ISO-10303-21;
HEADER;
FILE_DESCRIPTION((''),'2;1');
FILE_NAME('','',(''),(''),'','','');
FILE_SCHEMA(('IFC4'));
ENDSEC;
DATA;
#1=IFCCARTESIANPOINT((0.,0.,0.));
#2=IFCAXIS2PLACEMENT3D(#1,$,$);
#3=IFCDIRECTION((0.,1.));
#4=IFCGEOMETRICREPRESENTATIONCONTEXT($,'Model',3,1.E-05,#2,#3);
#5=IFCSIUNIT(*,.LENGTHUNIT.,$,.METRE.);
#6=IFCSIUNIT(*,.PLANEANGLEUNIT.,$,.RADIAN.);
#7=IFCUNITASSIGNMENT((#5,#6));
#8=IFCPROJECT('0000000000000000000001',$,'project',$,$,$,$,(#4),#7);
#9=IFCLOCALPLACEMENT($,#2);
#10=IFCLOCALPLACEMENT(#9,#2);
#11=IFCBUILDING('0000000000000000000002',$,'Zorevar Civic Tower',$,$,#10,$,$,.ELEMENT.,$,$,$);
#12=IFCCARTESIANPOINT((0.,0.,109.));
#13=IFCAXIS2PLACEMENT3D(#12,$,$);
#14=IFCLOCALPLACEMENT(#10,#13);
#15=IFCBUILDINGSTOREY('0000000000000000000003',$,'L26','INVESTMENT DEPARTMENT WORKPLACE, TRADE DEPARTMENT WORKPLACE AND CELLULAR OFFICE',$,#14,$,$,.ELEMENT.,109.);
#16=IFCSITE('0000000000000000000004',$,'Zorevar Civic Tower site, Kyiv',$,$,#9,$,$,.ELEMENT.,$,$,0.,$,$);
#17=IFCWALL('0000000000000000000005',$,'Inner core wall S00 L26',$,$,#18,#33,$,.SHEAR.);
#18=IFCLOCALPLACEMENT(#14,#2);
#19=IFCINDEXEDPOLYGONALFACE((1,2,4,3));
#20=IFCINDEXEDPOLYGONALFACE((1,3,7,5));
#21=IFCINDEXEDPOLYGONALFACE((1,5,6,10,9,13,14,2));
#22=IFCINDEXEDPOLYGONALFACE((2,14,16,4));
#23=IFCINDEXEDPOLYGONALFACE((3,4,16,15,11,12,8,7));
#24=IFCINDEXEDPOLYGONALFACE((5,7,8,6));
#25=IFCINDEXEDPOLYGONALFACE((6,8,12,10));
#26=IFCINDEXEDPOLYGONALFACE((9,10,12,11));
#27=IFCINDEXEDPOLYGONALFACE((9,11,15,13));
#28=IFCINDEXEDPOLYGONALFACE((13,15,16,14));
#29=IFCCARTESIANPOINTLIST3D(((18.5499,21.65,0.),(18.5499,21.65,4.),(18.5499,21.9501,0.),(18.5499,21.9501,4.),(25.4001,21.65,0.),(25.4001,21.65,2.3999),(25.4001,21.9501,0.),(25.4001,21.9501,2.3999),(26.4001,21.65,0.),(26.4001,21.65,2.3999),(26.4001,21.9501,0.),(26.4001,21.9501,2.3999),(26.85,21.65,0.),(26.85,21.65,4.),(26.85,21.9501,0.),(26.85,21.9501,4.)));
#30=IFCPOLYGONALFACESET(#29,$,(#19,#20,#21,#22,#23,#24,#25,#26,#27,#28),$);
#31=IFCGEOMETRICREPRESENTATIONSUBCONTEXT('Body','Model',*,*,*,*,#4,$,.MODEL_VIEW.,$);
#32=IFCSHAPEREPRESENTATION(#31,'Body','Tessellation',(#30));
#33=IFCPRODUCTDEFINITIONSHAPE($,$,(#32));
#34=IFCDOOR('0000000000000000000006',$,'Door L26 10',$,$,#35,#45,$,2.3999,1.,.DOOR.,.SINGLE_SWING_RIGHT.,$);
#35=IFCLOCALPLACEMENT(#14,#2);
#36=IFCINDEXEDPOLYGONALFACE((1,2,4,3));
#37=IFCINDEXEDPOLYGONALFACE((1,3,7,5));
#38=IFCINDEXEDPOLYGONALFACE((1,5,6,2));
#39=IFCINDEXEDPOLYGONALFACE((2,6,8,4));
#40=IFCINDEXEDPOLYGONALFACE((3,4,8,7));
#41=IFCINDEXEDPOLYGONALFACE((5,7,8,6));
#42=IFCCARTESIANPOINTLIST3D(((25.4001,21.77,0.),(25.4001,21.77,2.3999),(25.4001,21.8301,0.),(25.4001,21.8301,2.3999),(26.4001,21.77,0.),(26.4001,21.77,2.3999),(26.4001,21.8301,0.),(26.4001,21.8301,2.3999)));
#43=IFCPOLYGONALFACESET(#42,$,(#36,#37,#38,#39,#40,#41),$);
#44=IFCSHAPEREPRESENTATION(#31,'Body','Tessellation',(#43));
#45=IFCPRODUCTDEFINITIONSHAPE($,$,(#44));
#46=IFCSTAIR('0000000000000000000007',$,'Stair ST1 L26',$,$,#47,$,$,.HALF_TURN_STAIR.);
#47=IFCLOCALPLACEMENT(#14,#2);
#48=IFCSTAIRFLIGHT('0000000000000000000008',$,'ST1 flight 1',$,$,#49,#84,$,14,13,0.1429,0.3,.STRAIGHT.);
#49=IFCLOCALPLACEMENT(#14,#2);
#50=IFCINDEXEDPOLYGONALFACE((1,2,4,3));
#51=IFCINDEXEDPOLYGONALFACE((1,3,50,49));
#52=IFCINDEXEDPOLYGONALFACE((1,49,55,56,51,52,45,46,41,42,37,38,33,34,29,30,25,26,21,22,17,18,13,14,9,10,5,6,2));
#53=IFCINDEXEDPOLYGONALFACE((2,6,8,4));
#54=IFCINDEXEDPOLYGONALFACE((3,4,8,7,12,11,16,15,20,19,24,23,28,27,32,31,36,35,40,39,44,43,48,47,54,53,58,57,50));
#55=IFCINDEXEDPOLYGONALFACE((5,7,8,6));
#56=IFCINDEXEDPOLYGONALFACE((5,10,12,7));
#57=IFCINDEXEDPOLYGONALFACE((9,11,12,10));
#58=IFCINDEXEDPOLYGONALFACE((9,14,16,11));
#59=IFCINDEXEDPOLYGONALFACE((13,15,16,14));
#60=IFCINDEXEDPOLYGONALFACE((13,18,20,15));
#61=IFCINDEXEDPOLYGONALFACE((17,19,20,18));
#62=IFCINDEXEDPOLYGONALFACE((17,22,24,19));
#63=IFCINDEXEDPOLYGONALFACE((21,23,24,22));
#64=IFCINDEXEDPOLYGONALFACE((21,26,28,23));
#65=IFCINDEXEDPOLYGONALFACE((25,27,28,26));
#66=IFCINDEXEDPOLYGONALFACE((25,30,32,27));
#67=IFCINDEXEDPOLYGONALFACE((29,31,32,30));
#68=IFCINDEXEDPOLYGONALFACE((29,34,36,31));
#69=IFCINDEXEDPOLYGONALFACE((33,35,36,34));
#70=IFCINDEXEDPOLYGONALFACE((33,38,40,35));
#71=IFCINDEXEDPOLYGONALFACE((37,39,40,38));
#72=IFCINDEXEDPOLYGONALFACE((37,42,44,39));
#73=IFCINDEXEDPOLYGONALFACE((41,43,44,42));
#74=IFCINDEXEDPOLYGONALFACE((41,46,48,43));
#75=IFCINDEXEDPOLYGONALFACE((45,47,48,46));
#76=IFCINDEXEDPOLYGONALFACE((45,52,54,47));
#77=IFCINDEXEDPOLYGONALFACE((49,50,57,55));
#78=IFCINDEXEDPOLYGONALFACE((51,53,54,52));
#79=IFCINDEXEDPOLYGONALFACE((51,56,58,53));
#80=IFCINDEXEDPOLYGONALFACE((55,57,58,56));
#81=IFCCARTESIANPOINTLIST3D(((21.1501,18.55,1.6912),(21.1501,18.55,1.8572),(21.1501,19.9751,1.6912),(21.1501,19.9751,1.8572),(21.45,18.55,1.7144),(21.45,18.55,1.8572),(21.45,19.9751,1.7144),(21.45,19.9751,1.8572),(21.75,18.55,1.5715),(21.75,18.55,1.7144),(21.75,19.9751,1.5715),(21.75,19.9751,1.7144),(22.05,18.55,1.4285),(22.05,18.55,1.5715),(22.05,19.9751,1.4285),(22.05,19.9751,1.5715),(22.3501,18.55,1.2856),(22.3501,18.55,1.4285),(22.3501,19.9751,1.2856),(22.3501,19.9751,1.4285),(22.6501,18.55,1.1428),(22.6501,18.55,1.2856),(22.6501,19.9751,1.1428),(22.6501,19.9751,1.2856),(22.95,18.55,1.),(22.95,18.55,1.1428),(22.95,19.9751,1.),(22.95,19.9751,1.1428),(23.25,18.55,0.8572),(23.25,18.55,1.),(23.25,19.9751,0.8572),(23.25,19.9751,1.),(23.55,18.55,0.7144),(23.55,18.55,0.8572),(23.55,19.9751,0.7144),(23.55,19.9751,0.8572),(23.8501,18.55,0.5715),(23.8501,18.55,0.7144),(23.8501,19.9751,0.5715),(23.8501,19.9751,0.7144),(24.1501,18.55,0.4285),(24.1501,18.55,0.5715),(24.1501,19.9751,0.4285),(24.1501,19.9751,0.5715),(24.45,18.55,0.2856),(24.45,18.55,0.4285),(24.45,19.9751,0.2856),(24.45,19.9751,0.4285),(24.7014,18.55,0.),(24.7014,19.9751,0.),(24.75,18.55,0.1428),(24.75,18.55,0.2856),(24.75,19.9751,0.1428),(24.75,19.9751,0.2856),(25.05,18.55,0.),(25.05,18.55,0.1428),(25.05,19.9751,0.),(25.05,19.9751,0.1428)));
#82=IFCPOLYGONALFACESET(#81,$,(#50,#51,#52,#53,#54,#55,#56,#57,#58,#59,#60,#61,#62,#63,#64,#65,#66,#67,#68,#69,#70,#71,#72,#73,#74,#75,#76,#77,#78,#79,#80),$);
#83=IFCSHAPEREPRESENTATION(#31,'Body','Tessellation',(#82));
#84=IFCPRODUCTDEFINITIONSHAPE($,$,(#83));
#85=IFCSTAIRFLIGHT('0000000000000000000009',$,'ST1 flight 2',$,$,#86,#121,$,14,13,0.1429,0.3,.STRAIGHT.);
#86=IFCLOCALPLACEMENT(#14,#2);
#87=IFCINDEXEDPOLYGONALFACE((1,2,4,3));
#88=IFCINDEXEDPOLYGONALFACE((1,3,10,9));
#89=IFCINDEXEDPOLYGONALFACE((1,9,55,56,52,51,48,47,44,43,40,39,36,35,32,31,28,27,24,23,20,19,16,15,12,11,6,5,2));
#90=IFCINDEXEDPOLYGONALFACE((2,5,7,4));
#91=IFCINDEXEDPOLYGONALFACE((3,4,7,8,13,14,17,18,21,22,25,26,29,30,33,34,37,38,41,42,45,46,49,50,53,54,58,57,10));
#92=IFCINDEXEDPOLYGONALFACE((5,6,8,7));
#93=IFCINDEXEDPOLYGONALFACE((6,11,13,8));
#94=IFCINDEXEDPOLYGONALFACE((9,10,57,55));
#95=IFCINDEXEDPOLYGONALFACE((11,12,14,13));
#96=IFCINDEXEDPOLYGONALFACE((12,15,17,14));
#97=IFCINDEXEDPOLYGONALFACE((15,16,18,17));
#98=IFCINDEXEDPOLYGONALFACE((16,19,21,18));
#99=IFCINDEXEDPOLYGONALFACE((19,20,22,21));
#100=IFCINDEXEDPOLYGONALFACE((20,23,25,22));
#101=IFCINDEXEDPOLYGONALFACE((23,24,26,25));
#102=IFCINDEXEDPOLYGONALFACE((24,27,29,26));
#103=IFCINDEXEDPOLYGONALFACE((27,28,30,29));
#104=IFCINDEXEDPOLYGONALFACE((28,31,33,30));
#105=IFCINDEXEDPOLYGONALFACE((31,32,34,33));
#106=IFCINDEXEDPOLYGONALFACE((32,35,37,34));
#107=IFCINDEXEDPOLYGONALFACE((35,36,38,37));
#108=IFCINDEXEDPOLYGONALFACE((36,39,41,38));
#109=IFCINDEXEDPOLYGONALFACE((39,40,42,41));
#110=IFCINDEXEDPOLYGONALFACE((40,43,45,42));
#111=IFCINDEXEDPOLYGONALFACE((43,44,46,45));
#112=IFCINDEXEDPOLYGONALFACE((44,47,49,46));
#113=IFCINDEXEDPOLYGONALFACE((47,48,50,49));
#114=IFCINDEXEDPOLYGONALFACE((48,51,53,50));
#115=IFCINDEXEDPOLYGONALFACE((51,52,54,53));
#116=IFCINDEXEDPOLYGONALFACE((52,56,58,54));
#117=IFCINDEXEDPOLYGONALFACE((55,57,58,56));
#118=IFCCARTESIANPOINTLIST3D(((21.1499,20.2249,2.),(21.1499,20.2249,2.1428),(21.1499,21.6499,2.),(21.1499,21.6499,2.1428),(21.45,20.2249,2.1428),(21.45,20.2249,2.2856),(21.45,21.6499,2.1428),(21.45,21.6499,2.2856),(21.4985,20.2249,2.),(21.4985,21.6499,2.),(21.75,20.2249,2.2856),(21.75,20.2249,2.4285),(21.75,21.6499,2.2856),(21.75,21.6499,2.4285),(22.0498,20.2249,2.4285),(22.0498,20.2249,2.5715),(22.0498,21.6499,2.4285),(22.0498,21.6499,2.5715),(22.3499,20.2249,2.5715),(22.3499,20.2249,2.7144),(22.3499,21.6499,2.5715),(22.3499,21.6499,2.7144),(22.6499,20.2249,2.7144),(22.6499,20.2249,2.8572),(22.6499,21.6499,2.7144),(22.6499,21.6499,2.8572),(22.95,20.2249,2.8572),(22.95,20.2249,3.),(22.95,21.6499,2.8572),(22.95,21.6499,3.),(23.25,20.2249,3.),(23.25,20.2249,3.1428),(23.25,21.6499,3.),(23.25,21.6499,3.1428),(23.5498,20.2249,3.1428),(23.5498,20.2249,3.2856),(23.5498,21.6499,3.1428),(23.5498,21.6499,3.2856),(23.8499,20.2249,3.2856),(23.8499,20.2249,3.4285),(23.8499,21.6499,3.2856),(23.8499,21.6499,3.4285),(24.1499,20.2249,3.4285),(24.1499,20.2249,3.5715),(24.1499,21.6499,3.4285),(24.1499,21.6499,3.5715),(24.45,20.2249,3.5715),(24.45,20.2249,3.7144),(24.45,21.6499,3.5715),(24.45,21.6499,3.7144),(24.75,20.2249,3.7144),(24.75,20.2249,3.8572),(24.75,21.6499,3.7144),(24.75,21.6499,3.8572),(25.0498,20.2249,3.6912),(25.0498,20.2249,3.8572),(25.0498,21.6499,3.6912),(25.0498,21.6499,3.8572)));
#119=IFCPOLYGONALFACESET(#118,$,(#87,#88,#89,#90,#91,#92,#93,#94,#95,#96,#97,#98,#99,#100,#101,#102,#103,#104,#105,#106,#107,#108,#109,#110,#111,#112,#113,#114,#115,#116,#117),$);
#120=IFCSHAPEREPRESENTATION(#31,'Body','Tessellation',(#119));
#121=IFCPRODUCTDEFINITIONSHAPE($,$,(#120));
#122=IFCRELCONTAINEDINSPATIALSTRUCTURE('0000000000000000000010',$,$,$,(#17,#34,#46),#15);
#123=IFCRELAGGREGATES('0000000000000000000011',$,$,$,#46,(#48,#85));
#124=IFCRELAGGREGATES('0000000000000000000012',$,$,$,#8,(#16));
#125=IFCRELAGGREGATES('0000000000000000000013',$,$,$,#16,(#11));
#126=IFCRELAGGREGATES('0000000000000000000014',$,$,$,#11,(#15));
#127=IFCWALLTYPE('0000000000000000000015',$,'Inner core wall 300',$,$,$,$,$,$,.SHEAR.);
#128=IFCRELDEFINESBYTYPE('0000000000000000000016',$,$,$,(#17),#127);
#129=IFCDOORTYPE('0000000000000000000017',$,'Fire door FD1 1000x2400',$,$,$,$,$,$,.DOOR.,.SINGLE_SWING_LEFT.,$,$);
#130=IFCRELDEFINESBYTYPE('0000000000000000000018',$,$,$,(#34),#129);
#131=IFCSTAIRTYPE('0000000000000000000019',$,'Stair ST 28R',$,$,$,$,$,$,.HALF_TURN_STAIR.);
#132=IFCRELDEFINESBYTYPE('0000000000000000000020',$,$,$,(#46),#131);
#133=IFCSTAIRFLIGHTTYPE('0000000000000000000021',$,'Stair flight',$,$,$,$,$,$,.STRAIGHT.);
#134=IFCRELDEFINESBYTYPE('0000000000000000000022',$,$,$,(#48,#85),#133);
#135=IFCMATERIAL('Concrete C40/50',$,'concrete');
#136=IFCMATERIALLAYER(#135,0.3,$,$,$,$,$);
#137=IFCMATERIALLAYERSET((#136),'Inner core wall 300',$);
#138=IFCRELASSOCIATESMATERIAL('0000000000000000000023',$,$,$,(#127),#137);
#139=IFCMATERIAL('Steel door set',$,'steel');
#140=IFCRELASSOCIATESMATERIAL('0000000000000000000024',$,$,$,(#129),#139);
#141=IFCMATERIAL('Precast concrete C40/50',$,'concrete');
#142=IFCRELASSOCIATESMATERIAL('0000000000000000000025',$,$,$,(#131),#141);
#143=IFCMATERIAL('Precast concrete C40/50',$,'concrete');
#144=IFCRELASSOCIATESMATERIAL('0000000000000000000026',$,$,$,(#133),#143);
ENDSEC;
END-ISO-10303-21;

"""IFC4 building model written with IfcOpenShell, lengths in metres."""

from ifc_helpers import new_model, si_unit, direction, frame, frame_2d, origin, place, context, subcontext, project, spatial, polyline, rectangle, outline, extrude, material, layer, layer_set, type_object, element, fill, aggregate, save


model = new_model("IFC4")

# Units and contexts
model_context = context("Model", 3, precision=1e-05, world=origin(), true_north=direction((0.0, 1.0)))
body_context = subcontext(model_context, "Body", "Model", "MODEL_VIEW")
ifc_project = project(units=[si_unit("LENGTHUNIT", "METRE"), si_unit("PLANEANGLEUNIT", "RADIAN")], contexts=[model_context])

# Site, building, storey
site_placement = place(None, origin())
site = spatial("IfcSite", under=ifc_project, at=site_placement, Name="Zorevar Civic Tower site, Kyiv", CompositionType="ELEMENT", RefElevation=0.0)
building_placement = place(site_placement, origin())
building = spatial("IfcBuilding", under=site, at=building_placement, Name="Zorevar Civic Tower", CompositionType="ELEMENT")
storey_placement = place(building_placement, frame((0.0, 0.0, 109.0)))
storey = spatial("IfcBuildingStorey", under=building, at=storey_placement, Name="L26", Description="INVESTMENT DEPARTMENT WORKPLACE, TRADE DEPARTMENT WORKPLACE AND CELLULAR OFFICE", CompositionType="ELEMENT", Elevation=109.0)

# Wall, opening, door
ifc_material_1 = material(Name="Concrete C40/50", Category="concrete")
ifc_layer_1 = layer(ifc_material_1, 0.3)
ifc_layer_set_1 = layer_set([ifc_layer_1], Name="Inner core wall 300")
wall_type_1 = type_object("IfcWallType", Name="Inner core wall 300", PredefinedType="SHEAR", material=ifc_layer_set_1)
wall_1_placement = place(storey_placement, frame((18.55, 21.8, 0.0), z_axis=(0.0, 0.0, 1.0), x_axis=(1.0, 0.0, 0.0)))
wall_1 = element("IfcWall", 1, at=wall_1_placement, inside=storey, type_object=wall_type_1, Name="Inner core wall S00 L26", PredefinedType="SHEAR", context=body_context, shape_type="SweptSolid", body=[
    extrude(rectangle(XDim=8.3, YDim=0.3, at=frame_2d((4.1499, 0.0))), origin(), (0.0, 0.0, 1.0), 4.0),
])
opening_1_placement = place(wall_1_placement, frame((6.8501, 0.0, 0.0)))
opening_1 = element("IfcOpeningElement", 2, at=opening_1_placement, cuts=wall_1, PredefinedType="OPENING", context=body_context, shape_type="SweptSolid", body=[
    extrude(rectangle(XDim=1.0, YDim=2.3999, at=frame_2d((0.5, 1.2))), frame((0.0, 0.1599, 0.0), z_axis=(0.0, -1.0, 0.0), x_axis=(1.0, 0.0, 0.0)), (0.0, 0.0, 1.0), 0.3201),
])
ifc_material_2 = material(Name="Steel door set", Category="steel")
door_type_1 = type_object("IfcDoorType", Name="Fire door FD1 1000x2400", OperationType="SINGLE_SWING_LEFT", PredefinedType="DOOR", material=ifc_material_2)
door_1_placement = place(opening_1_placement, origin())
door_1 = element("IfcDoor", 3, at=door_1_placement, inside=storey, type_object=door_type_1, Name="Door L26 10", OperationType="SINGLE_SWING_RIGHT", OverallHeight=2.3999, OverallWidth=1.0, PredefinedType="DOOR", context=body_context, shape_type="SweptSolid", body=[
    extrude(rectangle(XDim=1.0, YDim=2.3999, at=frame_2d((0.5, 1.2))), frame((0.0, 0.03, 0.0), z_axis=(0.0, -1.0, 0.0), x_axis=(1.0, 0.0, 0.0)), (0.0, 0.0, 1.0), 0.0601),
])
fill(opening_1, door_1)

# Stair, stair flights
ifc_material_3 = material(Name="Precast concrete C40/50", Category="concrete")
stair_type = type_object("IfcStairType", Name="Stair ST 28R", PredefinedType="HALF_TURN_STAIR", material=ifc_material_3)
stair_placement = place(storey_placement, origin())
stair = element("IfcStair", 4, at=stair_placement, inside=storey, type_object=stair_type, Name="Stair ST1 L26", PredefinedType="HALF_TURN_STAIR")
ifc_material_4 = material(Name="Precast concrete C40/50", Category="concrete")
stair_flight_type = type_object("IfcStairFlightType", Name="Stair flight", PredefinedType="STRAIGHT", material=ifc_material_4)
stair_flight_1_placement = place(storey_placement, frame((25.05, 19.2625, 0.0), z_axis=(0.0, 0.0, 1.0), x_axis=(-1.0, 0.0, 0.0)))
stair_flight_1 = element("IfcStairFlight", 5, at=stair_flight_1_placement, type_object=stair_flight_type, Name="ST1 flight 1", NumberOfRisers=14, NumberOfTreads=13, PredefinedType="STRAIGHT", RiserHeight=0.1429, TreadLength=0.3, context=body_context, shape_type="SweptSolid", body=[
    extrude(outline(polyline([(0.0, 0.0), (0.0, 0.1428), (0.3, 0.1428), (0.3, 0.2856), (0.6001, 0.2856), (0.6001, 0.4285), (0.8999, 0.4285), (0.8999, 0.5715), (1.2, 0.5715), (1.2, 0.7144), (1.5, 0.7144), (1.5, 0.8572), (1.8, 0.8572), (1.8, 1.0), (2.1001, 1.0), (2.1001, 1.1428), (2.3999, 1.1428), (2.3999, 1.2856), (2.7, 1.2856), (2.7, 1.4285), (3.0, 1.4285), (3.0, 1.5715), (3.3, 1.5715), (3.3, 1.7144), (3.6001, 1.7144), (3.6001, 1.8572), (3.8999, 1.8572), (3.8999, 2.0), (3.8999, 1.6912), (0.3486, 0.0), (0.0, 0.0)])), frame((0.0, 0.7124, 0.0), z_axis=(0.0, -1.0, 0.0), x_axis=(1.0, 0.0, 0.0)), (0.0, 0.0, 1.0), 1.425),
])
stair_flight_2_placement = place(storey_placement, frame((21.1499, 20.9375, 2.0), z_axis=(0.0, 0.0, 1.0), x_axis=(1.0, 0.0, 0.0)))
stair_flight_2 = element("IfcStairFlight", 6, at=stair_flight_2_placement, type_object=stair_flight_type, Name="ST1 flight 2", NumberOfRisers=14, NumberOfTreads=13, PredefinedType="STRAIGHT", RiserHeight=0.1429, TreadLength=0.3, context=body_context, shape_type="SweptSolid", body=[
    extrude(outline(polyline([(0.0, 0.0), (0.0, 0.1428), (0.3, 0.1428), (0.3, 0.2856), (0.6001, 0.2856), (0.6001, 0.4285), (0.8999, 0.4285), (0.8999, 0.5715), (1.2, 0.5715), (1.2, 0.7144), (1.5, 0.7144), (1.5, 0.8572), (1.8, 0.8572), (1.8, 1.0), (2.1001, 1.0), (2.1001, 1.1428), (2.3999, 1.1428), (2.3999, 1.2856), (2.7, 1.2856), (2.7, 1.4285), (3.0, 1.4285), (3.0, 1.5715), (3.3, 1.5715), (3.3, 1.7144), (3.6001, 1.7144), (3.6001, 1.8572), (3.8999, 1.8572), (3.8999, 2.0), (3.8999, 1.6912), (0.3486, 0.0), (0.0, 0.0)])), frame((0.0, 0.7124, 0.0), z_axis=(0.0, -1.0, 0.0), x_axis=(1.0, 0.0, 0.0)), (0.0, 0.0, 1.0), 1.425),
])
aggregate(stair, [stair_flight_1, stair_flight_2])

save(model, "model.ifc")
